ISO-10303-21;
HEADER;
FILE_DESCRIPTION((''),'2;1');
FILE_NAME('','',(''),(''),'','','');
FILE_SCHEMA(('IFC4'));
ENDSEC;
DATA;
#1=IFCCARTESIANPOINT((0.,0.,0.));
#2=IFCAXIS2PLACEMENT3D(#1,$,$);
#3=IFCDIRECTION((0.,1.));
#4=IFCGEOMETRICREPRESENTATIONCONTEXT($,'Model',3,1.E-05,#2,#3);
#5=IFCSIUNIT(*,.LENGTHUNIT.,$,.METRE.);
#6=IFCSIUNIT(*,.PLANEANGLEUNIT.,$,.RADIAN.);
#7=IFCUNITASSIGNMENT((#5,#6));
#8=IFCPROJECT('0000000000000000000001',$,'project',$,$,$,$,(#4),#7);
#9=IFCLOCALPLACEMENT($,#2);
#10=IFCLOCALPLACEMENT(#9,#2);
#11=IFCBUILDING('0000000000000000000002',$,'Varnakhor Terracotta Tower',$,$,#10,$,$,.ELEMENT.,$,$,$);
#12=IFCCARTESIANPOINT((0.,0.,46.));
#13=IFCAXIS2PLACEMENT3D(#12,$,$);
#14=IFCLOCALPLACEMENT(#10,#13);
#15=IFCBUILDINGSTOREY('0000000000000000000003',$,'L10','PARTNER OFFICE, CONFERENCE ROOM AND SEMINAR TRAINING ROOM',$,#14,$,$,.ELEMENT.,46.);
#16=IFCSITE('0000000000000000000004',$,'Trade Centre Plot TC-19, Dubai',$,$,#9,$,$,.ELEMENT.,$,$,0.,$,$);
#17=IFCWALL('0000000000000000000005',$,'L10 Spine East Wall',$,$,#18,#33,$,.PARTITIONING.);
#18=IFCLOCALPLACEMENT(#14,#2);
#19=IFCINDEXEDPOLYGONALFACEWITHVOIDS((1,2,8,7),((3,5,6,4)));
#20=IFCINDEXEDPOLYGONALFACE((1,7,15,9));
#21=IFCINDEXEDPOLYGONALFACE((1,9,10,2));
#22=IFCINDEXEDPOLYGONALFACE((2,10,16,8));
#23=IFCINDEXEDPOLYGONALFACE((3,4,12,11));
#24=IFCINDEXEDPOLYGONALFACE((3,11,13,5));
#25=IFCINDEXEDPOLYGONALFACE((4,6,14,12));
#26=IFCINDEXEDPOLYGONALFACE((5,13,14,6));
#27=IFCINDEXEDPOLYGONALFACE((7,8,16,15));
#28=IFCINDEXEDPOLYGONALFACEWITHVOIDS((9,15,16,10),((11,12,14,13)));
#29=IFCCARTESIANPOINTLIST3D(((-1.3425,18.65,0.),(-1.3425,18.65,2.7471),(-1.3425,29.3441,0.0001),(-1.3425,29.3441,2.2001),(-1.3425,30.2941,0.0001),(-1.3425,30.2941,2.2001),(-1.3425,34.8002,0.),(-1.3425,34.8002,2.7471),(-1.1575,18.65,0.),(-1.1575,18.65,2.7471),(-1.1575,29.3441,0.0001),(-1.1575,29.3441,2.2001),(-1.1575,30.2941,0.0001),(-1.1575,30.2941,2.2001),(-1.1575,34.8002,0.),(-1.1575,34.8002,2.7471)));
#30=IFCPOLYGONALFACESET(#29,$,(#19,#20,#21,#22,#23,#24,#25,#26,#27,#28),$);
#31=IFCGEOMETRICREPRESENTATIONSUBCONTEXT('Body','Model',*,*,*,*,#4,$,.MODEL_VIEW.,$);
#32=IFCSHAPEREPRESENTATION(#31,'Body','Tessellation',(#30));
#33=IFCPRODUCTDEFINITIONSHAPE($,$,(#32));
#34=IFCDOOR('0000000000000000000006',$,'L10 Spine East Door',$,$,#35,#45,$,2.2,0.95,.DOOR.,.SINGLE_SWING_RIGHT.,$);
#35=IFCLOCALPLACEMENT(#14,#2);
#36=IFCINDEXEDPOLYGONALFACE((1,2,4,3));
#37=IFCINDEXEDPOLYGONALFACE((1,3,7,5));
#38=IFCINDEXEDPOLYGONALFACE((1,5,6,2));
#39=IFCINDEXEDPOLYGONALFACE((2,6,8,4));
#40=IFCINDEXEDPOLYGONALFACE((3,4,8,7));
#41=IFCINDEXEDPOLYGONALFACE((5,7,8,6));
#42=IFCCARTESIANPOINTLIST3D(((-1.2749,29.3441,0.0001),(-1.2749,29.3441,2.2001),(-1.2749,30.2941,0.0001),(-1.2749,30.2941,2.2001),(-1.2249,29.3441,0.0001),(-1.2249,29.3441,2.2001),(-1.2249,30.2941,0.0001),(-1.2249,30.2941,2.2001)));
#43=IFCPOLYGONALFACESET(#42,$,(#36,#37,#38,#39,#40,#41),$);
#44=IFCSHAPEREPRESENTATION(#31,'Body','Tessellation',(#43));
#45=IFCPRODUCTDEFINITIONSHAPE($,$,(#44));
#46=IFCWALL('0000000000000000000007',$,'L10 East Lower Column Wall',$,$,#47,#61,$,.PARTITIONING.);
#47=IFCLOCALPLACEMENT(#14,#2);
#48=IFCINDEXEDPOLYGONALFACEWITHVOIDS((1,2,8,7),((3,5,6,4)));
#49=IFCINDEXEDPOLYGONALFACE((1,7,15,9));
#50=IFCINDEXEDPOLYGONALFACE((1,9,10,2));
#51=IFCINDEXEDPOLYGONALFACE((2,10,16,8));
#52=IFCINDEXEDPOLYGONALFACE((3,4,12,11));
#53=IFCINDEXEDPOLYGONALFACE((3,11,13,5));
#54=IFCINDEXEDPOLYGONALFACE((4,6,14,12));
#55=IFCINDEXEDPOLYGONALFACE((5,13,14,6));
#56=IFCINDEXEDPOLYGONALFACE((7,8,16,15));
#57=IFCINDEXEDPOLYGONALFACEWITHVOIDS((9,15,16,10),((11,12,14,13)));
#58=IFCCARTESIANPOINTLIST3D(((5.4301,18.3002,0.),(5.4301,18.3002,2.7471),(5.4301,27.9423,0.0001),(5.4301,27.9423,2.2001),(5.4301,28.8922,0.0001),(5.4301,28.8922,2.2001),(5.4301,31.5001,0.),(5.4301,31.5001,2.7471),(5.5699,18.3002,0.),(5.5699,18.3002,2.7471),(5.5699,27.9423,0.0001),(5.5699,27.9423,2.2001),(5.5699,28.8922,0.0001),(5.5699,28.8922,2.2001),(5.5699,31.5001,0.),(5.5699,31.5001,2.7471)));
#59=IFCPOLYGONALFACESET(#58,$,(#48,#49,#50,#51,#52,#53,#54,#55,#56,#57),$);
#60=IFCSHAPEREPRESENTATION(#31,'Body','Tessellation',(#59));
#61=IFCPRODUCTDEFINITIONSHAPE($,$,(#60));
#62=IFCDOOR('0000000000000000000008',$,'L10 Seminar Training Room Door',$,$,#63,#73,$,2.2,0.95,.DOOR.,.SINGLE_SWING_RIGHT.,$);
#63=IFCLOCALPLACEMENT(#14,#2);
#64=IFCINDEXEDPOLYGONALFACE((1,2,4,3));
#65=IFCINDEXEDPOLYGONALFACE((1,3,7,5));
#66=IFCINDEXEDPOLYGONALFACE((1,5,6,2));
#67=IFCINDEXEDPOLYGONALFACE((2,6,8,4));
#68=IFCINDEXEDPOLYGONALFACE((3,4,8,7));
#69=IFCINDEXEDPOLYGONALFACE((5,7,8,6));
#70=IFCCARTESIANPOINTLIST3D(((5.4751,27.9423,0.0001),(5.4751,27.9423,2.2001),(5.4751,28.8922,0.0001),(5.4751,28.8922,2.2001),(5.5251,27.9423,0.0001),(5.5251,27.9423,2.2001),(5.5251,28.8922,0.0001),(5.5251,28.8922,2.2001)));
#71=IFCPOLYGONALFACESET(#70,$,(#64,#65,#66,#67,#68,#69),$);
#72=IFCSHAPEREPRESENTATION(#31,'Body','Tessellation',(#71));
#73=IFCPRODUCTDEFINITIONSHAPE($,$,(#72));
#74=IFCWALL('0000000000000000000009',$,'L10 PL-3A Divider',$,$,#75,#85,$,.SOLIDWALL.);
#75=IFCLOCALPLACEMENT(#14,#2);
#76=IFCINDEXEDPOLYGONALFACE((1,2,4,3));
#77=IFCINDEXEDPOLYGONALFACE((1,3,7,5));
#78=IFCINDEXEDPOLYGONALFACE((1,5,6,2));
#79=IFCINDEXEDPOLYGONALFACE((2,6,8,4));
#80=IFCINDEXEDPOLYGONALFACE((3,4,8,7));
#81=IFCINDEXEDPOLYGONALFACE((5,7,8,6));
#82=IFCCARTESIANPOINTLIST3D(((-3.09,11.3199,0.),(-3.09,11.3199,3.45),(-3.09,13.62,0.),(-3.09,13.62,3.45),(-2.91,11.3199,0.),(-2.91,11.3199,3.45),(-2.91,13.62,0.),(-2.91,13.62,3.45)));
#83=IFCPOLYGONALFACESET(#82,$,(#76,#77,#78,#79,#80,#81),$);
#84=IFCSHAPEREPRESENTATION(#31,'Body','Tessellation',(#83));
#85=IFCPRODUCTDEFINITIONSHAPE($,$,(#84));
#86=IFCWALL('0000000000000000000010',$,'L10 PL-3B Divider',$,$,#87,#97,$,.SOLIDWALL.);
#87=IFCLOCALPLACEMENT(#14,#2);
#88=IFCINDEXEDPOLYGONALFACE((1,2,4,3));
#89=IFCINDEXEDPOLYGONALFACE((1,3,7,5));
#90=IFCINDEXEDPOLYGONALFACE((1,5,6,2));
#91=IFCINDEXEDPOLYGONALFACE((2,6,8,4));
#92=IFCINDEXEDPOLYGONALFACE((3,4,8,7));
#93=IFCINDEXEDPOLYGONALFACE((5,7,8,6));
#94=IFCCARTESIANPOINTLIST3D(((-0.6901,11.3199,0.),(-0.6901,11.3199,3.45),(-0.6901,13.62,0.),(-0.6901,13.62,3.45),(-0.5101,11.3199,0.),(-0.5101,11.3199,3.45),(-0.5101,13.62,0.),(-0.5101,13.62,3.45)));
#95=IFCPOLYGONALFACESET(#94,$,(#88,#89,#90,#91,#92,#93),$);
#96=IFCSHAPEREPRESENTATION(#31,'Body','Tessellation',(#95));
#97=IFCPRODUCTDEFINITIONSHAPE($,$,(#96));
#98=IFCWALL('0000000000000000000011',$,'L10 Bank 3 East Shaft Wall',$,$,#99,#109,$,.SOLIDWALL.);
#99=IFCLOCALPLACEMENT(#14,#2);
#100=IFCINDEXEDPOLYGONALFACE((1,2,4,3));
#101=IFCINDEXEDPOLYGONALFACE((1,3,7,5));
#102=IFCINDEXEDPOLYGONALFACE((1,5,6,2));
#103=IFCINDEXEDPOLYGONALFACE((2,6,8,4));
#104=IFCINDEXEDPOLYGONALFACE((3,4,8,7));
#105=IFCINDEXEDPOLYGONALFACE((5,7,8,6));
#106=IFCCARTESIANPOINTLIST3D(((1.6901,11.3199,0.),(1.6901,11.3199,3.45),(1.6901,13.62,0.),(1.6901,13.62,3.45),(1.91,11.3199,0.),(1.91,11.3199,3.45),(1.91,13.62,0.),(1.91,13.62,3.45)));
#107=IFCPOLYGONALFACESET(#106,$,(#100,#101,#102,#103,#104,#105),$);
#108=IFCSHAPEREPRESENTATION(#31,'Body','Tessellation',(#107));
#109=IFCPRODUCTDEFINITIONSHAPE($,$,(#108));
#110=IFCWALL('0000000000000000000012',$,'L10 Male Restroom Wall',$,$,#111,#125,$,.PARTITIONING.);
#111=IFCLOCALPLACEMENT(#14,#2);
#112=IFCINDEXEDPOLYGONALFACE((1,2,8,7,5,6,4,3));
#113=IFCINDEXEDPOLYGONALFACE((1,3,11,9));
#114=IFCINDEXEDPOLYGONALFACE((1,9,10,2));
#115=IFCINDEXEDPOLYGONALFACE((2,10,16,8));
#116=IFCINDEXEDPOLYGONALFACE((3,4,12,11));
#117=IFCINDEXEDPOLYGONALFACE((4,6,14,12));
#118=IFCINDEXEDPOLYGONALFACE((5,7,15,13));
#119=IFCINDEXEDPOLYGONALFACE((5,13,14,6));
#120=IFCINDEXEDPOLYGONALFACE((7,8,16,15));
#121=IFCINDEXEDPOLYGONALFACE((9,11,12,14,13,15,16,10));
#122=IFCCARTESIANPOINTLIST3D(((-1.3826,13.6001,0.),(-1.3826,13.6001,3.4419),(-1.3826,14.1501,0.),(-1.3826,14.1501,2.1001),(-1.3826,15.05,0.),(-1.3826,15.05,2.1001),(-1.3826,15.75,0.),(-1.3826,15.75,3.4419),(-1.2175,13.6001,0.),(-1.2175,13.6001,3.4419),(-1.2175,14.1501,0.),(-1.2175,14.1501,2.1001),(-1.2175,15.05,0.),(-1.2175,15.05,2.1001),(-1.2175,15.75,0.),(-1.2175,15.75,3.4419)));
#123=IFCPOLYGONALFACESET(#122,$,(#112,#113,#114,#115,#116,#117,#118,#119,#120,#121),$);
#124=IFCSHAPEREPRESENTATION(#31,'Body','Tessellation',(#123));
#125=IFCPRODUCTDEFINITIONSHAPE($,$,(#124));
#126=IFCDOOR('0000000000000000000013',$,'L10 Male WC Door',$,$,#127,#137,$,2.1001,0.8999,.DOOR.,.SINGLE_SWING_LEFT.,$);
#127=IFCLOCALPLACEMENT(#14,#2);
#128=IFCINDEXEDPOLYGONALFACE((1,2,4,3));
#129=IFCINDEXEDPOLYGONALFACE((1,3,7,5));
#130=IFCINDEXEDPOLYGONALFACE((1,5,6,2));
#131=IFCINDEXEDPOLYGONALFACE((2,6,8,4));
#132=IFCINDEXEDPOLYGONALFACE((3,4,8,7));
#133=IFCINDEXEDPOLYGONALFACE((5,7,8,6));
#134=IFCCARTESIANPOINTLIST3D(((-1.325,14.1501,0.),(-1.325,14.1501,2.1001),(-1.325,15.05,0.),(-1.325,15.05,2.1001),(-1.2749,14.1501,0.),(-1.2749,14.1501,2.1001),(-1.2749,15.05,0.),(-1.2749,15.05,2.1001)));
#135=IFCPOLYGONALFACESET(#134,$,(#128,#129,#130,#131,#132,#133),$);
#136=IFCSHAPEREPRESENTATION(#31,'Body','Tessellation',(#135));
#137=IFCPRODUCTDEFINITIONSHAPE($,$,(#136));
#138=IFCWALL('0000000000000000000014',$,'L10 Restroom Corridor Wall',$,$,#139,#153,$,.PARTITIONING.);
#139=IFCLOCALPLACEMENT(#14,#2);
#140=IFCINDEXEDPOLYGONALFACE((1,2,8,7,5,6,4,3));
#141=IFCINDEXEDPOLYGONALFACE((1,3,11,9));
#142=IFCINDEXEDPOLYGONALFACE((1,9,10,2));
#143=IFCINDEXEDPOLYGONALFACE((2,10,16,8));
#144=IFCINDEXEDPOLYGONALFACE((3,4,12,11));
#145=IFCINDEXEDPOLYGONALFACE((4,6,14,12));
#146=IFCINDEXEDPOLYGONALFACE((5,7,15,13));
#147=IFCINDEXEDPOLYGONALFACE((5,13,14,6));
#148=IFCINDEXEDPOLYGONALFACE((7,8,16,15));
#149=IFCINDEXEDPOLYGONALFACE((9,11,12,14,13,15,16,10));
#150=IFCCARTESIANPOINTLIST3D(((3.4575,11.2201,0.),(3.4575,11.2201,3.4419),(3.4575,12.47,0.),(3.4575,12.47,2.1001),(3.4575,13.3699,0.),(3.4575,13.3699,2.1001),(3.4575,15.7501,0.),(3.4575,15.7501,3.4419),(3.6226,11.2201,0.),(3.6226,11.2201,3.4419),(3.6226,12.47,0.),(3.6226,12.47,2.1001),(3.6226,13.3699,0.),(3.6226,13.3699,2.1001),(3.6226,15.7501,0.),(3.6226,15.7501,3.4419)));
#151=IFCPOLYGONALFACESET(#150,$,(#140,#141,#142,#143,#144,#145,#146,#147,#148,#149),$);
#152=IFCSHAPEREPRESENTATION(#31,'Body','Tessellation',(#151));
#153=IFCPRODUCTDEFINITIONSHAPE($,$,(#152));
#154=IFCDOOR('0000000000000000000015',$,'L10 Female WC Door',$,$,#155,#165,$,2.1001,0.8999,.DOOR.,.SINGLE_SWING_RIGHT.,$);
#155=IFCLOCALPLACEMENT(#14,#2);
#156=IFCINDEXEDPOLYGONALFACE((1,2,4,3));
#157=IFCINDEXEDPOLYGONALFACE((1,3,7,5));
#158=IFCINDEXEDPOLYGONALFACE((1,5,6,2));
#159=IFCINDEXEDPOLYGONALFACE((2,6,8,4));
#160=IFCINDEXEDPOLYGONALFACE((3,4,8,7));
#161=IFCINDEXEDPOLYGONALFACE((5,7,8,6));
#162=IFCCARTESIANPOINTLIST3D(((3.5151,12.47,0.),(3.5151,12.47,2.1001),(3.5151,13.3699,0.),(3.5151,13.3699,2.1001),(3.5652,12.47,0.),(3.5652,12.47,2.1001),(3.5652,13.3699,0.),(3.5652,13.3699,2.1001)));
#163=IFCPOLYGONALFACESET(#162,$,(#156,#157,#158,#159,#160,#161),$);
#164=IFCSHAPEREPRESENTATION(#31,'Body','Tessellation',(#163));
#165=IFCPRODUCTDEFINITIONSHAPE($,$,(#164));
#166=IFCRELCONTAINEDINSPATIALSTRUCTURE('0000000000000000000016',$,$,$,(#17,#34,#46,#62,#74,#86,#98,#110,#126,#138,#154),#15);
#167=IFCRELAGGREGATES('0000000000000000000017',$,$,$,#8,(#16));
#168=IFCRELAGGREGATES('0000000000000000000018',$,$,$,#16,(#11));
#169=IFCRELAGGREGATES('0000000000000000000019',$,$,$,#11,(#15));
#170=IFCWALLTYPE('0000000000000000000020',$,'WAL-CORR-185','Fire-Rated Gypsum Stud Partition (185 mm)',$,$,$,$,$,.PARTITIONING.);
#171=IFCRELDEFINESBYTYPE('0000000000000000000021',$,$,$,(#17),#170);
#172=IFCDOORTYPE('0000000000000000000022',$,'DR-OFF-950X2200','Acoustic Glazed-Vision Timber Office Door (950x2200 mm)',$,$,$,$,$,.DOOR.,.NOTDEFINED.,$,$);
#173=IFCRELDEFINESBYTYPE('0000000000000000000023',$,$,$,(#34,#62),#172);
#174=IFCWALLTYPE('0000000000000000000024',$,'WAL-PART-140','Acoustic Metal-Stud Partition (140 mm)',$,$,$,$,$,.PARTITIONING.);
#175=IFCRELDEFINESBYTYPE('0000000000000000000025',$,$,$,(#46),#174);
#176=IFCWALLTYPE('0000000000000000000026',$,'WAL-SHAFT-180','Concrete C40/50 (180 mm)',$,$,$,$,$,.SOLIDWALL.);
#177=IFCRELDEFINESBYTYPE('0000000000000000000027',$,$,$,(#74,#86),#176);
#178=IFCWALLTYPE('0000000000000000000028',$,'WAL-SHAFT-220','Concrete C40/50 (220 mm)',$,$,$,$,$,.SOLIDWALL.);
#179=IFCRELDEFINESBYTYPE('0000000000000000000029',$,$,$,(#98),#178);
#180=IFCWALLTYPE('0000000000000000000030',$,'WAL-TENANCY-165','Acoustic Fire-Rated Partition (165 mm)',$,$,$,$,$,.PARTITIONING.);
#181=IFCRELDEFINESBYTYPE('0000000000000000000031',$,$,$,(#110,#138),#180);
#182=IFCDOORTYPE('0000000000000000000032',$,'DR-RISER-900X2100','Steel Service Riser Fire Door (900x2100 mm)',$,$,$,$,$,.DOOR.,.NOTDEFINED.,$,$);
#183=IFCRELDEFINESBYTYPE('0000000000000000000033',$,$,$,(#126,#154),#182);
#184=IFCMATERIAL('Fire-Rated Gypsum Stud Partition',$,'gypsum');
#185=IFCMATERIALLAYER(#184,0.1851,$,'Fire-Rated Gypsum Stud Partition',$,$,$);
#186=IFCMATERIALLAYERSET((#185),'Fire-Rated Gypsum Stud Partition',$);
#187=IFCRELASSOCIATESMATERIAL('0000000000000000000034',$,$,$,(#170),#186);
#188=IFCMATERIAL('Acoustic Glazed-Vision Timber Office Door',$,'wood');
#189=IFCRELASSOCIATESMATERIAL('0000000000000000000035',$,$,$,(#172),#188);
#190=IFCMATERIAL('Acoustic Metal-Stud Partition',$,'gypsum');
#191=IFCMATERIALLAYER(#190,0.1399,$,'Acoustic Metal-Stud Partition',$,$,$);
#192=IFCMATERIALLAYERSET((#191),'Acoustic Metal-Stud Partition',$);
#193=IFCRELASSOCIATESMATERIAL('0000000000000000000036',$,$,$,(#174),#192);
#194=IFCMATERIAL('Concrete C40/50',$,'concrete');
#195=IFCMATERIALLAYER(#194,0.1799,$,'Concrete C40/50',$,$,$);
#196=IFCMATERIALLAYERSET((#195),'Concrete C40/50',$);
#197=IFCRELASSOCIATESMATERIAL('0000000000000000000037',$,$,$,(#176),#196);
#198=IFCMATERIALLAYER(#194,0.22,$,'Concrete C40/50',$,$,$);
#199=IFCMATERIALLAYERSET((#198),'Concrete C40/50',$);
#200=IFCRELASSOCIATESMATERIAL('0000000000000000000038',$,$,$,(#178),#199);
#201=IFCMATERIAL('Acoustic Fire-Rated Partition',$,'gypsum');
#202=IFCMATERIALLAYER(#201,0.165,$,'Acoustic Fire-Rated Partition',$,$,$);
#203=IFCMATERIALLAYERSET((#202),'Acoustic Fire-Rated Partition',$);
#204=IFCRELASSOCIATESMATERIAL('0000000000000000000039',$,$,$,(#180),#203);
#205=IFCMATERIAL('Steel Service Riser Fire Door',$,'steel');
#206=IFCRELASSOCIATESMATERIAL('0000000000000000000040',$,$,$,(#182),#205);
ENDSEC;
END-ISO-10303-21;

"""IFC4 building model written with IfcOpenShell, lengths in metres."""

from ifc_helpers import new_model, si_unit, direction, frame, frame_2d, origin, place, context, subcontext, project, spatial, rectangle, extrude, source, transform, mapped, material, layer, layer_set, type_object, type_shapes, element, fill, save


model = new_model("IFC4")

# Units and contexts
model_context = context("Model", 3, precision=1e-05, world=origin(), true_north=direction((0.0, 1.0)))
body_context = subcontext(model_context, "Body", "Model", "MODEL_VIEW")
ifc_project = project(units=[si_unit("LENGTHUNIT", "METRE"), si_unit("PLANEANGLEUNIT", "RADIAN")], contexts=[model_context])

# Site, building, storey
site_placement = place(None, origin())
site = spatial("IfcSite", under=ifc_project, at=site_placement, Name="Trade Centre Plot TC-19, Dubai", CompositionType="ELEMENT", RefElevation=0.0)
building_placement = place(site_placement, origin())
building = spatial("IfcBuilding", under=site, at=building_placement, Name="Varnakhor Terracotta Tower", CompositionType="ELEMENT")
storey_placement = place(building_placement, frame((0.0, 0.0, 46.0)))
storey = spatial("IfcBuildingStorey", under=building, at=storey_placement, Name="L10", Description="PARTNER OFFICE, CONFERENCE ROOM AND SEMINAR TRAINING ROOM", CompositionType="ELEMENT", Elevation=46.0)

# Shared definitions
ifc_material_1 = material(Name="Fire-Rated Gypsum Stud Partition", Category="gypsum")
ifc_layer_1 = layer(ifc_material_1, 0.1851, Name="Fire-Rated Gypsum Stud Partition")
ifc_layer_set_1 = layer_set([ifc_layer_1], Name="Fire-Rated Gypsum Stud Partition")
wall_type_1 = type_object("IfcWallType", Name="WAL-CORR-185", Description="Fire-Rated Gypsum Stud Partition (185 mm)", PredefinedType="PARTITIONING", material=ifc_layer_set_1)
ifc_material_2 = material(Name="Acoustic Glazed-Vision Timber Office Door", Category="wood")
door_type_1 = type_object("IfcDoorType", Name="DR-OFF-950X2200", Description="Acoustic Glazed-Vision Timber Office Door (950x2200 mm)", OperationType="NOTDEFINED", PredefinedType="DOOR", material=ifc_material_2)
shared_shape_1 = source(origin(), body_context, "Body", "SweptSolid", [
    extrude(rectangle(XDim=0.95, YDim=2.2, at=frame_2d((0.4751, 1.1001))), frame((0.0, 0.0249, 0.0), z_axis=(0.0, -1.0, 0.0), x_axis=(1.0, 0.0, 0.0)), (0.0, 0.0, 1.0), 0.05),
])
type_shapes(door_type_1, [shared_shape_1])

# Walls, openings, doors
wall_1_placement = place(storey_placement, frame((-1.25, 18.6499, 0.0), z_axis=(0.0, 0.0, 1.0), x_axis=(0.0, 1.0, 0.0)))
wall_1 = element("IfcWall", 1, at=wall_1_placement, inside=storey, type_object=wall_type_1, Name="L10 Spine East Wall", PredefinedType="PARTITIONING", context=body_context, shape_type="SweptSolid", body=[
    extrude(rectangle(XDim=16.1501, YDim=0.1851, at=frame_2d((8.0752, 0.0))), origin(), (0.0, 0.0, 1.0), 2.7471),
])
opening_1_placement = place(wall_1_placement, frame((10.6941, 0.0, 0.0)))
opening_1 = element("IfcOpeningElement", 2, at=opening_1_placement, cuts=wall_1, PredefinedType="OPENING", context=body_context, shape_type="SweptSolid", body=[
    extrude(rectangle(XDim=0.95, YDim=2.2, at=frame_2d((0.4751, 1.1001))), frame((0.0, 0.1025, 0.0), z_axis=(0.0, -1.0, 0.0), x_axis=(1.0, 0.0, 0.0)), (0.0, 0.0, 1.0), 0.2051),
])
door_1_placement = place(opening_1_placement, origin())
door_1 = element("IfcDoor", 3, at=door_1_placement, inside=storey, type_object=door_type_1, Name="L10 Spine East Door", OperationType="SINGLE_SWING_RIGHT", OverallHeight=2.2, OverallWidth=0.95, PredefinedType="DOOR", context=body_context, shape_type="MappedRepresentation", body=[
    mapped(shared_shape_1, transform((0.0, 0.0, 0.0), scale=1.0)),
])
fill(opening_1, door_1)
ifc_material_3 = material(Name="Acoustic Metal-Stud Partition", Category="gypsum")
ifc_layer_2 = layer(ifc_material_3, 0.1399, Name="Acoustic Metal-Stud Partition")
ifc_layer_set_2 = layer_set([ifc_layer_2], Name="Acoustic Metal-Stud Partition")
wall_type_2 = type_object("IfcWallType", Name="WAL-PART-140", Description="Acoustic Metal-Stud Partition (140 mm)", PredefinedType="PARTITIONING", material=ifc_layer_set_2)
wall_2_placement = place(storey_placement, frame((5.5, 18.3, 0.0), z_axis=(0.0, 0.0, 1.0), x_axis=(0.0, 1.0, 0.0)))
wall_2 = element("IfcWall", 4, at=wall_2_placement, inside=storey, type_object=wall_type_2, Name="L10 East Lower Column Wall", PredefinedType="PARTITIONING", context=body_context, shape_type="SweptSolid", body=[
    extrude(rectangle(XDim=13.2, YDim=0.1399, at=frame_2d((6.6001, 0.0))), origin(), (0.0, 0.0, 1.0), 2.7471),
])
opening_2_placement = place(wall_2_placement, frame((9.6421, 0.0, 0.0)))
opening_2 = element("IfcOpeningElement", 5, at=opening_2_placement, cuts=wall_2, PredefinedType="OPENING", context=body_context, shape_type="SweptSolid", body=[
    extrude(rectangle(XDim=0.95, YDim=2.2, at=frame_2d((0.4751, 1.1001))), frame((0.0, 0.0801, 0.0), z_axis=(0.0, -1.0, 0.0), x_axis=(1.0, 0.0, 0.0)), (0.0, 0.0, 1.0), 0.1599),
])
door_2_placement = place(opening_2_placement, origin())
door_2 = element("IfcDoor", 6, at=door_2_placement, inside=storey, type_object=door_type_1, Name="L10 Seminar Training Room Door", OperationType="SINGLE_SWING_RIGHT", OverallHeight=2.2, OverallWidth=0.95, PredefinedType="DOOR", context=body_context, shape_type="MappedRepresentation", body=[
    mapped(shared_shape_1, transform((0.0, 0.0, 0.0), scale=1.0)),
])
fill(opening_2, door_2)

# Walls
ifc_material_4 = material(Name="Concrete C40/50", Category="concrete")
ifc_layer_3 = layer(ifc_material_4, 0.1799, Name="Concrete C40/50")
ifc_layer_set_3 = layer_set([ifc_layer_3], Name="Concrete C40/50")
wall_type_3 = type_object("IfcWallType", Name="WAL-SHAFT-180", Description="Concrete C40/50 (180 mm)", PredefinedType="SOLIDWALL", material=ifc_layer_set_3)
for number, where, z_axis, x_axis, name in (
    (7, (-3.0, 11.3201, 0.0), (0.0, 0.0, 1.0), (0.0, 1.0, 0.0), "L10 PL-3A Divider"),
    (8, (-0.6001, 11.3201, 0.0), (0.0, 0.0, 1.0), (0.0, 1.0, 0.0), "L10 PL-3B Divider"),
):
    element("IfcWall", number, at=place(storey_placement, frame(where, z_axis=z_axis, x_axis=x_axis)), inside=storey, type_object=wall_type_3, Name=name, PredefinedType="SOLIDWALL", context=body_context, shape_type="SweptSolid", body=[
        extrude(rectangle(XDim=2.3, YDim=0.1799, at=frame_2d((1.1499, 0.0))), origin(), (0.0, 0.0, 1.0), 3.45),
    ])
ifc_layer_4 = layer(ifc_material_4, 0.22, Name="Concrete C40/50")
ifc_layer_set_4 = layer_set([ifc_layer_4], Name="Concrete C40/50")
wall_type_4 = type_object("IfcWallType", Name="WAL-SHAFT-220", Description="Concrete C40/50 (220 mm)", PredefinedType="SOLIDWALL", material=ifc_layer_set_4)
wall_3_placement = place(storey_placement, frame((1.8, 11.3201, 0.0), z_axis=(0.0, 0.0, 1.0), x_axis=(0.0, 1.0, 0.0)))
element("IfcWall", 9, at=wall_3_placement, inside=storey, type_object=wall_type_4, Name="L10 Bank 3 East Shaft Wall", PredefinedType="SOLIDWALL", context=body_context, shape_type="SweptSolid", body=[
    extrude(rectangle(XDim=2.3, YDim=0.22, at=frame_2d((1.1499, 0.0))), origin(), (0.0, 0.0, 1.0), 3.45),
])

# Walls, openings, doors
ifc_material_5 = material(Name="Acoustic Fire-Rated Partition", Category="gypsum")
ifc_layer_5 = layer(ifc_material_5, 0.165, Name="Acoustic Fire-Rated Partition")
ifc_layer_set_5 = layer_set([ifc_layer_5], Name="Acoustic Fire-Rated Partition")
wall_type_5 = type_object("IfcWallType", Name="WAL-TENANCY-165", Description="Acoustic Fire-Rated Partition (165 mm)", PredefinedType="PARTITIONING", material=ifc_layer_set_5)
wall_4_placement = place(storey_placement, frame((-1.3, 13.6001, 0.0), z_axis=(0.0, 0.0, 1.0), x_axis=(0.0, 1.0, 0.0)))
wall_4 = element("IfcWall", 10, at=wall_4_placement, inside=storey, type_object=wall_type_5, Name="L10 Male Restroom Wall", PredefinedType="PARTITIONING", context=body_context, shape_type="SweptSolid", body=[
    extrude(rectangle(XDim=2.1499, YDim=0.165, at=frame_2d((1.075, 0.0))), origin(), (0.0, 0.0, 1.0), 3.4419),
])
opening_3_placement = place(wall_4_placement, frame((0.55, 0.0, 0.0)))
opening_3 = element("IfcOpeningElement", 11, at=opening_3_placement, cuts=wall_4, PredefinedType="OPENING", context=body_context, shape_type="SweptSolid", body=[
    extrude(rectangle(XDim=0.8999, YDim=2.1001, at=frame_2d((0.45, 1.05))), frame((0.0, 0.0925, 0.0), z_axis=(0.0, -1.0, 0.0), x_axis=(1.0, 0.0, 0.0)), (0.0, 0.0, 1.0), 0.1851),
])
ifc_material_6 = material(Name="Steel Service Riser Fire Door", Category="steel")
door_type_2 = type_object("IfcDoorType", Name="DR-RISER-900X2100", Description="Steel Service Riser Fire Door (900x2100 mm)", OperationType="NOTDEFINED", PredefinedType="DOOR", material=ifc_material_6)
shared_shape_2 = source(origin(), body_context, "Body", "SweptSolid", [
    extrude(rectangle(XDim=0.8999, YDim=2.1001, at=frame_2d((0.45, 1.05))), frame((0.0, 0.0249, 0.0), z_axis=(0.0, -1.0, 0.0), x_axis=(1.0, 0.0, 0.0)), (0.0, 0.0, 1.0), 0.05),
])
type_shapes(door_type_2, [shared_shape_2])
door_3_placement = place(opening_3_placement, origin())
door_3 = element("IfcDoor", 12, at=door_3_placement, inside=storey, type_object=door_type_2, Name="L10 Male WC Door", OperationType="SINGLE_SWING_LEFT", OverallHeight=2.1001, OverallWidth=0.8999, PredefinedType="DOOR", context=body_context, shape_type="MappedRepresentation", body=[
    mapped(shared_shape_2, transform((0.0, 0.0, 0.0), scale=1.0)),
])
fill(opening_3, door_3)
wall_5_placement = place(storey_placement, frame((3.54, 11.22, 0.0), z_axis=(0.0, 0.0, 1.0), x_axis=(0.0, 1.0, 0.0)))
wall_5 = element("IfcWall", 13, at=wall_5_placement, inside=storey, type_object=wall_type_5, Name="L10 Restroom Corridor Wall", PredefinedType="PARTITIONING", context=body_context, shape_type="SweptSolid", body=[
    extrude(rectangle(XDim=4.53, YDim=0.165, at=frame_2d((2.2651, 0.0))), origin(), (0.0, 0.0, 1.0), 3.4419),
])
opening_4_placement = place(wall_5_placement, frame((1.25, 0.0, 0.0)))
opening_4 = element("IfcOpeningElement", 14, at=opening_4_placement, cuts=wall_5, PredefinedType="OPENING", context=body_context, shape_type="SweptSolid", body=[
    extrude(rectangle(XDim=0.8999, YDim=2.1001, at=frame_2d((0.45, 1.05))), frame((0.0, 0.0925, 0.0), z_axis=(0.0, -1.0, 0.0), x_axis=(1.0, 0.0, 0.0)), (0.0, 0.0, 1.0), 0.1851),
])
door_4_placement = place(opening_4_placement, origin())
door_4 = element("IfcDoor", 15, at=door_4_placement, inside=storey, type_object=door_type_2, Name="L10 Female WC Door", OperationType="SINGLE_SWING_RIGHT", OverallHeight=2.1001, OverallWidth=0.8999, PredefinedType="DOOR", context=body_context, shape_type="MappedRepresentation", body=[
    mapped(shared_shape_2, transform((0.0, 0.0, 0.0), scale=1.0)),
])
fill(opening_4, door_4)

save(model, "model.ifc")
